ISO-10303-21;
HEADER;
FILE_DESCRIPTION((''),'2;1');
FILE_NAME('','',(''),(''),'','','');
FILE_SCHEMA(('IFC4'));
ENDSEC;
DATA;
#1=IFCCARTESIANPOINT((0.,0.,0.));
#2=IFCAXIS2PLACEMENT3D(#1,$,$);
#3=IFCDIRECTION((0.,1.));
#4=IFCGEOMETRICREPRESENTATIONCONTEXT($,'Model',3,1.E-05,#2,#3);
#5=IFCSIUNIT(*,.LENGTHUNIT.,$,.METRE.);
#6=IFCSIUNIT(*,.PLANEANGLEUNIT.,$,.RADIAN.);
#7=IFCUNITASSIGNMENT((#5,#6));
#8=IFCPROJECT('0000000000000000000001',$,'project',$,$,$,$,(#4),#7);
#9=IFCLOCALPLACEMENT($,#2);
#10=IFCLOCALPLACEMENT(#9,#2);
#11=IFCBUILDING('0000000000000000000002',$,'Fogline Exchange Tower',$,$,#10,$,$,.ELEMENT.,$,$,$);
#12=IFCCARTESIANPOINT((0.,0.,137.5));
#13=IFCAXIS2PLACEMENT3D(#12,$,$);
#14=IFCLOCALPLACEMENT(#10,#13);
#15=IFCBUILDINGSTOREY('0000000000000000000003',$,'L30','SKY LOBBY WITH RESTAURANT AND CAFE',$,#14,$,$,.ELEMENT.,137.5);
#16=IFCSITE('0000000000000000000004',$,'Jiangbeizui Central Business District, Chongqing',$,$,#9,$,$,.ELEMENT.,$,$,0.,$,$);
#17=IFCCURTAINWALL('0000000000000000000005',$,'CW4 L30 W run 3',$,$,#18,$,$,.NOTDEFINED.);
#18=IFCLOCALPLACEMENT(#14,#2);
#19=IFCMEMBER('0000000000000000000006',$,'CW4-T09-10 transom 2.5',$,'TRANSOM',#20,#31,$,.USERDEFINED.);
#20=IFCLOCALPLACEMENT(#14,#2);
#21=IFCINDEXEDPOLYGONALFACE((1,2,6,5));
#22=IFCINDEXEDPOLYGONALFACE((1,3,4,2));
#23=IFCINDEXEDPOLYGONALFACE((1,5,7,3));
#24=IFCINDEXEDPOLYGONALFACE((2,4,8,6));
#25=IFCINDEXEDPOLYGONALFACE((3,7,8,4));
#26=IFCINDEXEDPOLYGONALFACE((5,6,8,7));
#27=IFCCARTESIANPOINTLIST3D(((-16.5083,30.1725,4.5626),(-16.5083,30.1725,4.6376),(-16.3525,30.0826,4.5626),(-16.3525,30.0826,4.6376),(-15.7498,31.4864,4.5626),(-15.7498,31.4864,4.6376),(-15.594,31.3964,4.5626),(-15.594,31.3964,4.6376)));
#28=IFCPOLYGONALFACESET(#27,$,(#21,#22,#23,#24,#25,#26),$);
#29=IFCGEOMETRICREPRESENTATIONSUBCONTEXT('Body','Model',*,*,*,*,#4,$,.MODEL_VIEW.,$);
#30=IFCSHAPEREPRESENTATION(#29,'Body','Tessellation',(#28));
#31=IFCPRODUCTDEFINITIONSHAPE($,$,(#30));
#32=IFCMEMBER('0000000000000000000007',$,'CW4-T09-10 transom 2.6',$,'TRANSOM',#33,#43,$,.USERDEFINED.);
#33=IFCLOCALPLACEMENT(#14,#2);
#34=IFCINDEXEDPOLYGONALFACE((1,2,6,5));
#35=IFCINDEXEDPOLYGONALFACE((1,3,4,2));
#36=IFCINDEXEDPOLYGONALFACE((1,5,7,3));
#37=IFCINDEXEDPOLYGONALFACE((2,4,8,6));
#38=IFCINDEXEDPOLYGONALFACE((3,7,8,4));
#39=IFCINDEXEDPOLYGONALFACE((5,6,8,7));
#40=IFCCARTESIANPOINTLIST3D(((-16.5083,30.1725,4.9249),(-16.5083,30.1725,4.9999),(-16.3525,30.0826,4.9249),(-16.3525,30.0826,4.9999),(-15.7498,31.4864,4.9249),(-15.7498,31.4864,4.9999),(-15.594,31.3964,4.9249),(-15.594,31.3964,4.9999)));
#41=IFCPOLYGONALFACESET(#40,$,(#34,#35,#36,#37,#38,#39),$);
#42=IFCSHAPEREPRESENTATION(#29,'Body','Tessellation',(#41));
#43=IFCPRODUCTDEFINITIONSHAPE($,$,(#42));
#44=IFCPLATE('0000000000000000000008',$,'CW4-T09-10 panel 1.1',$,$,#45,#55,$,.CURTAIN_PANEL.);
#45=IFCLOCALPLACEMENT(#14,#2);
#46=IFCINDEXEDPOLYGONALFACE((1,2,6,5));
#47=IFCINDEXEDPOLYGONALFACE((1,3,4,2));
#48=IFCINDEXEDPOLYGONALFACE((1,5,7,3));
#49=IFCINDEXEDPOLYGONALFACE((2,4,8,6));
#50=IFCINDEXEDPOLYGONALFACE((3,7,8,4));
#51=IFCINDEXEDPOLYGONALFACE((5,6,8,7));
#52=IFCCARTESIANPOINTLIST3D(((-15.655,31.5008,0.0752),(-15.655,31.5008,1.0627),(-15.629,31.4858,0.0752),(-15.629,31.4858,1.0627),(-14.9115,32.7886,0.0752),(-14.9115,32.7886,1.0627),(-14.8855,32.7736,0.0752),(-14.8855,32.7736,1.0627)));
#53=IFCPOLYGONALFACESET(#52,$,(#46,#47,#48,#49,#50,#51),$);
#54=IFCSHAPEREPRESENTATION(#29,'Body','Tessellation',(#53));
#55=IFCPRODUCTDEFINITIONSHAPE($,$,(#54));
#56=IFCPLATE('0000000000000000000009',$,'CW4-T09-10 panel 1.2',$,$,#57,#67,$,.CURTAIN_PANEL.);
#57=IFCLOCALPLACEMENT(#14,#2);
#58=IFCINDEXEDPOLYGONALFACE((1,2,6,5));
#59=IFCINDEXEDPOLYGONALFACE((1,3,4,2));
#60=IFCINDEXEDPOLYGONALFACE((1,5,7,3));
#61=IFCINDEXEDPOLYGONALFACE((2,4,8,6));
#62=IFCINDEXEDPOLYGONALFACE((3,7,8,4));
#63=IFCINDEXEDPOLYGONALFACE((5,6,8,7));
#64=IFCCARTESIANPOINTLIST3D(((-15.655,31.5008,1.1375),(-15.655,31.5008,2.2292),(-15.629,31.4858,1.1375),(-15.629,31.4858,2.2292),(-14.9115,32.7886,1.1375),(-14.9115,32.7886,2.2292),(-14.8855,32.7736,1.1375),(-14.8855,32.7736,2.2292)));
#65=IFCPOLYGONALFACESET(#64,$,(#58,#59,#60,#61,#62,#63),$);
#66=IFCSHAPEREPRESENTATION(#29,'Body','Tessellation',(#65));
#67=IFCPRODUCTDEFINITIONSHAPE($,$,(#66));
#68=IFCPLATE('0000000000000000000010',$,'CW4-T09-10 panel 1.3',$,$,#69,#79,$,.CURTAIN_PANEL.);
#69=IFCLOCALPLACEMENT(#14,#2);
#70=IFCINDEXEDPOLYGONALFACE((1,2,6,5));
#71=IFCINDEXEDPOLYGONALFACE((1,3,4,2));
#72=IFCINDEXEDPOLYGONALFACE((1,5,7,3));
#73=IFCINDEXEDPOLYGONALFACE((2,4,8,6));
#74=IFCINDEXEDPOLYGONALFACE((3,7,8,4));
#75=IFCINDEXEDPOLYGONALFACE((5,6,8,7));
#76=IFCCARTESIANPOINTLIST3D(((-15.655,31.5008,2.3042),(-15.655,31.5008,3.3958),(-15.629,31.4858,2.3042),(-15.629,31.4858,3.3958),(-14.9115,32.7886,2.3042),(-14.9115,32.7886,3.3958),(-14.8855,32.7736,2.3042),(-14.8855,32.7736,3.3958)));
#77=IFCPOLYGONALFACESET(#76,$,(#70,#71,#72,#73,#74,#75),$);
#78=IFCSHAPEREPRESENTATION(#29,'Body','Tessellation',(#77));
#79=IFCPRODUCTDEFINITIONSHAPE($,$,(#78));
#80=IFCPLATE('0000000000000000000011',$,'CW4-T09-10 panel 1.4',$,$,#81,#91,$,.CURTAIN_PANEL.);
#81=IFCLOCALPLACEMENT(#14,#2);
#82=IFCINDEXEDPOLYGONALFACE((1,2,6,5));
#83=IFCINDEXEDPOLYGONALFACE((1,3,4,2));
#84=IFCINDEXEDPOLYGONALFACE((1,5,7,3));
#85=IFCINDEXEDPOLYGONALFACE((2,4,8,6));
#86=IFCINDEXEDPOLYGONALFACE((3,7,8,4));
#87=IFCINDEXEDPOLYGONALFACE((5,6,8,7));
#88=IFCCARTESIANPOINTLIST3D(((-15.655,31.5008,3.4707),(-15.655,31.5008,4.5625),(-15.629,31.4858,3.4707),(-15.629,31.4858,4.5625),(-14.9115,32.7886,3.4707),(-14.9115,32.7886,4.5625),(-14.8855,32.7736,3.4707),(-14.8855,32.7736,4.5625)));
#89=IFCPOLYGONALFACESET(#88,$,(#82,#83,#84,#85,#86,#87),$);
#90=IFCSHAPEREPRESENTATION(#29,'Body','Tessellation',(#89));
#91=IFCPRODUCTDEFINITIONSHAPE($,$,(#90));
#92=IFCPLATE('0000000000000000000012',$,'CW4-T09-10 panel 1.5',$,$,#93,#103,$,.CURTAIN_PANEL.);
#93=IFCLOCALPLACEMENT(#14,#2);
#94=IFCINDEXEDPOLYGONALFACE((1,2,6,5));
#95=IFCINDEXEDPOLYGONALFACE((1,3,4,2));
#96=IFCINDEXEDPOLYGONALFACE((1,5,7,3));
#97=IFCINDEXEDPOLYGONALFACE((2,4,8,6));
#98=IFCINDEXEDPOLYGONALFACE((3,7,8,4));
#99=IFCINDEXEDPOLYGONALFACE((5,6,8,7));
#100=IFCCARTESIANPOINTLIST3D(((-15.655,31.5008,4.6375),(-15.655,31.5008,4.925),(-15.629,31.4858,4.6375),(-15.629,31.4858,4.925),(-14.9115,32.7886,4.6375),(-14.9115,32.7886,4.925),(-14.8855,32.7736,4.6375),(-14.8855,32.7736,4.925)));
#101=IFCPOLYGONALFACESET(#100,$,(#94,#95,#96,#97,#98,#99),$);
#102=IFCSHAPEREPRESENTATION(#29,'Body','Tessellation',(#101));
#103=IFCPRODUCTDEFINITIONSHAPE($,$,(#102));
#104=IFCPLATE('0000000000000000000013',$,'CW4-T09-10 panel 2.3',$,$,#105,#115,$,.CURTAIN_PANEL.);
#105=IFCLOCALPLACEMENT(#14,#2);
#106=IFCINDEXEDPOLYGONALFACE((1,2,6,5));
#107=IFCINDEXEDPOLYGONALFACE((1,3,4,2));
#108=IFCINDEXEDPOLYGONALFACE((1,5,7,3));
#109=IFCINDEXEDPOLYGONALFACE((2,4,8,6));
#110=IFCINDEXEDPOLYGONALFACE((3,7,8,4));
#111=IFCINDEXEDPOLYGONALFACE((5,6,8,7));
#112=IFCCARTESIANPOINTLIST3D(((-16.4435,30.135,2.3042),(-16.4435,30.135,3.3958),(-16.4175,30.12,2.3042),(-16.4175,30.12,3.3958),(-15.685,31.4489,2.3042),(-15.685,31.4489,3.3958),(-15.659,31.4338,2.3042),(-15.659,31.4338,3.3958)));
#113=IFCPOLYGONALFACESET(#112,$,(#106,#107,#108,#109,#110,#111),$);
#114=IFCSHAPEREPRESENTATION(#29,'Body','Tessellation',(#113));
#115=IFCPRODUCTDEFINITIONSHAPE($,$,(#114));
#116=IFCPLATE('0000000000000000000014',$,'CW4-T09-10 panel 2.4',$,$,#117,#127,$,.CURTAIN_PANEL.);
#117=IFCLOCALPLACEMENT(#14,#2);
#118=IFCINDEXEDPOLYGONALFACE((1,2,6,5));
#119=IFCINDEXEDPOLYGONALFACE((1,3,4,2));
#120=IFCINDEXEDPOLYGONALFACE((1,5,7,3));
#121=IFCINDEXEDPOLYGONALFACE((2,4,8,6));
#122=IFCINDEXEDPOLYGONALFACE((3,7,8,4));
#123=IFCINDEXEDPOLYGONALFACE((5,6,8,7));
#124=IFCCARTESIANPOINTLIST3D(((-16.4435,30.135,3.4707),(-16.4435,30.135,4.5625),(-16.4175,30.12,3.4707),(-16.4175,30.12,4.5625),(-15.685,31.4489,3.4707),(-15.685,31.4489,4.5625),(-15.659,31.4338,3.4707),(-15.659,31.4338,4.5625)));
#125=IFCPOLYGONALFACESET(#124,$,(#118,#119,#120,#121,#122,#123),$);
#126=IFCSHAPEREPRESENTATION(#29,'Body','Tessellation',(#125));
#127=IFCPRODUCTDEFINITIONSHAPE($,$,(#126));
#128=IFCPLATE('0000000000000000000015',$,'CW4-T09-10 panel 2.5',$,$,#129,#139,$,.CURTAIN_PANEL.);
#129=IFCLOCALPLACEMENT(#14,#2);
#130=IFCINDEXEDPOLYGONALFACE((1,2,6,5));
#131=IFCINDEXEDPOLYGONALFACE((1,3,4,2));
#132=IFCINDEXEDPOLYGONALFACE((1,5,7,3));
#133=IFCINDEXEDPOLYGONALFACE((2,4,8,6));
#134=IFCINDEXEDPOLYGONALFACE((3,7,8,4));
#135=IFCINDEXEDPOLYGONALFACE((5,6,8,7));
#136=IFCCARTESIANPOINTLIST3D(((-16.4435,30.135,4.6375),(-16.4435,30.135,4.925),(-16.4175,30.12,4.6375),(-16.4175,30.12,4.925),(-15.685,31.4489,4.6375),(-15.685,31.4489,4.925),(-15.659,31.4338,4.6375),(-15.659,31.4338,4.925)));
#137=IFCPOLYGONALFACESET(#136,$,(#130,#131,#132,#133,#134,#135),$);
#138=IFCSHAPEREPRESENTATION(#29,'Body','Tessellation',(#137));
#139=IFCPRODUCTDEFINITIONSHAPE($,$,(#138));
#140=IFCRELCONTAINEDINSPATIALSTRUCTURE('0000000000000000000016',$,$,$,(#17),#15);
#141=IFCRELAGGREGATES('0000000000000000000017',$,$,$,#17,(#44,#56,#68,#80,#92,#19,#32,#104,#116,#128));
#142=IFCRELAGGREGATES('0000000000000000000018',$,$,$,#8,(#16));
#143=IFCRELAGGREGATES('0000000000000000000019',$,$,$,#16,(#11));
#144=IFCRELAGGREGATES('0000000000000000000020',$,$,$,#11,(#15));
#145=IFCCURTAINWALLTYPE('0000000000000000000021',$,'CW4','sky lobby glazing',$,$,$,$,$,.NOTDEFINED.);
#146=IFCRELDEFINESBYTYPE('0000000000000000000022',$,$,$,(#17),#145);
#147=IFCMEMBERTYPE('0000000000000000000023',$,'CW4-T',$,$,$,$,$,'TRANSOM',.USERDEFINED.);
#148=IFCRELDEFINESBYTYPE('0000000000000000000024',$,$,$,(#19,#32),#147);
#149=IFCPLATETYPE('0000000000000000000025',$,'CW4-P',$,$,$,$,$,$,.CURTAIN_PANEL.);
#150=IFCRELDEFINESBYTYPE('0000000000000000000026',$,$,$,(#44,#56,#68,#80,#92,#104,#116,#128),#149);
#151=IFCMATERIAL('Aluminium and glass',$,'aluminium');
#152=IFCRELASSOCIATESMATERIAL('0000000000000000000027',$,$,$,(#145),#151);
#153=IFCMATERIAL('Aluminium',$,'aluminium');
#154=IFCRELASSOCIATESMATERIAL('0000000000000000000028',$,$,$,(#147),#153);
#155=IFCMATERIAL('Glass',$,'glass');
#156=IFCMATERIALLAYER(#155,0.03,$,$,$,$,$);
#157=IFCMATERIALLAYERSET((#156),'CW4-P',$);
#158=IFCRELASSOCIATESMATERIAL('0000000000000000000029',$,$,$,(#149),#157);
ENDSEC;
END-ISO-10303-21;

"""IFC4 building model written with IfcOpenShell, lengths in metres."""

from ifc_helpers import new_model, si_unit, direction, frame, origin, origin_2d, place, context, subcontext, project, spatial, rectangle, extrude, material, layer, layer_set, material_profile, profile_set, type_object, element, aggregate, save


model = new_model("IFC4")

# Units and contexts
model_context = context("Model", 3, precision=1e-05, world=origin(), true_north=direction((0.0, 1.0)))
body_context = subcontext(model_context, "Body", "Model", "MODEL_VIEW")
ifc_project = project(units=[si_unit("LENGTHUNIT", "METRE"), si_unit("PLANEANGLEUNIT", "RADIAN")], contexts=[model_context])

# Site, building, storey
site_placement = place(None, origin())
site = spatial("IfcSite", under=ifc_project, at=site_placement, Name="Jiangbeizui Central Business District, Chongqing", CompositionType="ELEMENT", RefElevation=0.0)
building_placement = place(site_placement, origin())
building = spatial("IfcBuilding", under=site, at=building_placement, Name="Fogline Exchange Tower", CompositionType="ELEMENT")
storey_placement = place(building_placement, frame((0.0, 0.0, 137.5)))
storey = spatial("IfcBuildingStorey", under=building, at=storey_placement, Name="L30", Description="SKY LOBBY WITH RESTAURANT AND CAFE", CompositionType="ELEMENT", Elevation=137.5)

# Curtain wall, members, plates
ifc_material_1 = material(Name="Aluminium and glass", Category="aluminium")
curtain_wall_type = type_object("IfcCurtainWallType", Name="CW4", Description="sky lobby glazing", PredefinedType="NOTDEFINED", material=ifc_material_1)
curtain_wall_placement = place(storey_placement, origin())
curtain_wall = element("IfcCurtainWall", 1, at=curtain_wall_placement, inside=storey, type_object=curtain_wall_type, Name="CW4 L30 W run 3", PredefinedType="NOTDEFINED")
ifc_material_2 = material(Name="Aluminium", Category="aluminium")
ifc_material_profile_1 = material_profile(ifc_material_2, rectangle(XDim=0.1799, YDim=0.075, at=origin_2d()), Name="Transom 75x180")
ifc_profile_set_1 = profile_set([ifc_material_profile_1], Name="Aluminium")
member_type_1 = type_object("IfcMemberType", Name="CW4-T", ElementType="TRANSOM", PredefinedType="USERDEFINED", material=ifc_profile_set_1)
member_1_placement = place(storey_placement, frame((-15.6719, 31.4414, 4.6001), z_axis=(-0.499964, -0.866046, 0.0), x_axis=(0.866046, -0.499964, 0.0)))
member_1 = element("IfcMember", 2, at=member_1_placement, type_object=member_type_1, Name="CW4-T09-10 transom 2.5", ObjectType="TRANSOM", PredefinedType="USERDEFINED", context=body_context, shape_type="SweptSolid", body=[
    extrude(rectangle(XDim=0.1799, YDim=0.075, at=origin_2d()), origin(), (0.0, 0.0, 1.0), 1.5171),
])
member_2_placement = place(storey_placement, frame((-15.6719, 31.4414, 4.9624), z_axis=(-0.499964, -0.866046, 0.0), x_axis=(0.866046, -0.499964, 0.0)))
member_2 = element("IfcMember", 3, at=member_2_placement, type_object=member_type_1, Name="CW4-T09-10 transom 2.6", ObjectType="TRANSOM", PredefinedType="USERDEFINED", context=body_context, shape_type="SweptSolid", body=[
    extrude(rectangle(XDim=0.1799, YDim=0.075, at=origin_2d()), origin(), (0.0, 0.0, 1.0), 1.5171),
])
ifc_material_3 = material(Name="Glass", Category="glass")
ifc_layer = layer(ifc_material_3, 0.03)
ifc_layer_set = layer_set([ifc_layer], Name="CW4-P")
plate_type = type_object("IfcPlateType", Name="CW4-P", PredefinedType="CURTAIN_PANEL", material=ifc_layer_set)
plate_1_placement = place(storey_placement, frame((-15.2703, 32.1372, 0.0752), z_axis=(0.0, 0.0, 1.0), x_axis=(-0.5, -0.866025, 0.0)))
plate_1 = element("IfcPlate", 4, at=plate_1_placement, type_object=plate_type, Name="CW4-T09-10 panel 1.1", PredefinedType="CURTAIN_PANEL", context=body_context, shape_type="SweptSolid", body=[
    extrude(rectangle(XDim=1.4871, YDim=0.03, at=origin_2d()), origin(), (0.0, 0.0, 1.0), 0.9875),
])
plate_2_placement = place(storey_placement, frame((-15.2703, 32.1372, 1.1375), z_axis=(0.0, 0.0, 1.0), x_axis=(-0.5, -0.866025, 0.0)))
plate_2 = element("IfcPlate", 5, at=plate_2_placement, type_object=plate_type, Name="CW4-T09-10 panel 1.2", PredefinedType="CURTAIN_PANEL", context=body_context, shape_type="SweptSolid", body=[
    extrude(rectangle(XDim=1.4871, YDim=0.03, at=origin_2d()), origin(), (0.0, 0.0, 1.0), 1.0918),
])
plate_3_placement = place(storey_placement, frame((-15.2703, 32.1372, 2.3042), z_axis=(0.0, 0.0, 1.0), x_axis=(-0.5, -0.866025, 0.0)))
plate_3 = element("IfcPlate", 6, at=plate_3_placement, type_object=plate_type, Name="CW4-T09-10 panel 1.3", PredefinedType="CURTAIN_PANEL", context=body_context, shape_type="SweptSolid", body=[
    extrude(rectangle(XDim=1.4871, YDim=0.03, at=origin_2d()), origin(), (0.0, 0.0, 1.0), 1.0916),
])
plate_4_placement = place(storey_placement, frame((-15.2703, 32.1372, 3.4707), z_axis=(0.0, 0.0, 1.0), x_axis=(-0.5, -0.866025, 0.0)))
plate_4 = element("IfcPlate", 7, at=plate_4_placement, type_object=plate_type, Name="CW4-T09-10 panel 1.4", PredefinedType="CURTAIN_PANEL", context=body_context, shape_type="SweptSolid", body=[
    extrude(rectangle(XDim=1.4871, YDim=0.03, at=origin_2d()), origin(), (0.0, 0.0, 1.0), 1.0918),
])
plate_5_placement = place(storey_placement, frame((-15.2703, 32.1372, 4.6375), z_axis=(0.0, 0.0, 1.0), x_axis=(-0.5, -0.866025, 0.0)))
plate_5 = element("IfcPlate", 8, at=plate_5_placement, type_object=plate_type, Name="CW4-T09-10 panel 1.5", PredefinedType="CURTAIN_PANEL", context=body_context, shape_type="SweptSolid", body=[
    extrude(rectangle(XDim=1.4871, YDim=0.03, at=origin_2d()), origin(), (0.0, 0.0, 1.0), 0.2876),
])
plate_6_placement = place(storey_placement, frame((-16.0513, 30.7844, 2.3042), z_axis=(0.0, 0.0, 1.0), x_axis=(-0.5, -0.866025, 0.0)))
plate_6 = element("IfcPlate", 9, at=plate_6_placement, type_object=plate_type, Name="CW4-T09-10 panel 2.3", PredefinedType="CURTAIN_PANEL", context=body_context, shape_type="SweptSolid", body=[
    extrude(rectangle(XDim=1.5171, YDim=0.03, at=origin_2d()), origin(), (0.0, 0.0, 1.0), 1.0916),
])
plate_7_placement = place(storey_placement, frame((-16.0513, 30.7844, 3.4707), z_axis=(0.0, 0.0, 1.0), x_axis=(-0.5, -0.866025, 0.0)))
plate_7 = element("IfcPlate", 10, at=plate_7_placement, type_object=plate_type, Name="CW4-T09-10 panel 2.4", PredefinedType="CURTAIN_PANEL", context=body_context, shape_type="SweptSolid", body=[
    extrude(rectangle(XDim=1.5171, YDim=0.03, at=origin_2d()), origin(), (0.0, 0.0, 1.0), 1.0918),
])
plate_8_placement = place(storey_placement, frame((-16.0513, 30.7844, 4.6375), z_axis=(0.0, 0.0, 1.0), x_axis=(-0.5, -0.866025, 0.0)))
plate_8 = element("IfcPlate", 11, at=plate_8_placement, type_object=plate_type, Name="CW4-T09-10 panel 2.5", PredefinedType="CURTAIN_PANEL", context=body_context, shape_type="SweptSolid", body=[
    extrude(rectangle(XDim=1.5171, YDim=0.03, at=origin_2d()), origin(), (0.0, 0.0, 1.0), 0.2876),
])
aggregate(curtain_wall, [plate_1, plate_2, plate_3, plate_4, plate_5, member_1, member_2, plate_6, plate_7, plate_8])

save(model, "model.ifc")
